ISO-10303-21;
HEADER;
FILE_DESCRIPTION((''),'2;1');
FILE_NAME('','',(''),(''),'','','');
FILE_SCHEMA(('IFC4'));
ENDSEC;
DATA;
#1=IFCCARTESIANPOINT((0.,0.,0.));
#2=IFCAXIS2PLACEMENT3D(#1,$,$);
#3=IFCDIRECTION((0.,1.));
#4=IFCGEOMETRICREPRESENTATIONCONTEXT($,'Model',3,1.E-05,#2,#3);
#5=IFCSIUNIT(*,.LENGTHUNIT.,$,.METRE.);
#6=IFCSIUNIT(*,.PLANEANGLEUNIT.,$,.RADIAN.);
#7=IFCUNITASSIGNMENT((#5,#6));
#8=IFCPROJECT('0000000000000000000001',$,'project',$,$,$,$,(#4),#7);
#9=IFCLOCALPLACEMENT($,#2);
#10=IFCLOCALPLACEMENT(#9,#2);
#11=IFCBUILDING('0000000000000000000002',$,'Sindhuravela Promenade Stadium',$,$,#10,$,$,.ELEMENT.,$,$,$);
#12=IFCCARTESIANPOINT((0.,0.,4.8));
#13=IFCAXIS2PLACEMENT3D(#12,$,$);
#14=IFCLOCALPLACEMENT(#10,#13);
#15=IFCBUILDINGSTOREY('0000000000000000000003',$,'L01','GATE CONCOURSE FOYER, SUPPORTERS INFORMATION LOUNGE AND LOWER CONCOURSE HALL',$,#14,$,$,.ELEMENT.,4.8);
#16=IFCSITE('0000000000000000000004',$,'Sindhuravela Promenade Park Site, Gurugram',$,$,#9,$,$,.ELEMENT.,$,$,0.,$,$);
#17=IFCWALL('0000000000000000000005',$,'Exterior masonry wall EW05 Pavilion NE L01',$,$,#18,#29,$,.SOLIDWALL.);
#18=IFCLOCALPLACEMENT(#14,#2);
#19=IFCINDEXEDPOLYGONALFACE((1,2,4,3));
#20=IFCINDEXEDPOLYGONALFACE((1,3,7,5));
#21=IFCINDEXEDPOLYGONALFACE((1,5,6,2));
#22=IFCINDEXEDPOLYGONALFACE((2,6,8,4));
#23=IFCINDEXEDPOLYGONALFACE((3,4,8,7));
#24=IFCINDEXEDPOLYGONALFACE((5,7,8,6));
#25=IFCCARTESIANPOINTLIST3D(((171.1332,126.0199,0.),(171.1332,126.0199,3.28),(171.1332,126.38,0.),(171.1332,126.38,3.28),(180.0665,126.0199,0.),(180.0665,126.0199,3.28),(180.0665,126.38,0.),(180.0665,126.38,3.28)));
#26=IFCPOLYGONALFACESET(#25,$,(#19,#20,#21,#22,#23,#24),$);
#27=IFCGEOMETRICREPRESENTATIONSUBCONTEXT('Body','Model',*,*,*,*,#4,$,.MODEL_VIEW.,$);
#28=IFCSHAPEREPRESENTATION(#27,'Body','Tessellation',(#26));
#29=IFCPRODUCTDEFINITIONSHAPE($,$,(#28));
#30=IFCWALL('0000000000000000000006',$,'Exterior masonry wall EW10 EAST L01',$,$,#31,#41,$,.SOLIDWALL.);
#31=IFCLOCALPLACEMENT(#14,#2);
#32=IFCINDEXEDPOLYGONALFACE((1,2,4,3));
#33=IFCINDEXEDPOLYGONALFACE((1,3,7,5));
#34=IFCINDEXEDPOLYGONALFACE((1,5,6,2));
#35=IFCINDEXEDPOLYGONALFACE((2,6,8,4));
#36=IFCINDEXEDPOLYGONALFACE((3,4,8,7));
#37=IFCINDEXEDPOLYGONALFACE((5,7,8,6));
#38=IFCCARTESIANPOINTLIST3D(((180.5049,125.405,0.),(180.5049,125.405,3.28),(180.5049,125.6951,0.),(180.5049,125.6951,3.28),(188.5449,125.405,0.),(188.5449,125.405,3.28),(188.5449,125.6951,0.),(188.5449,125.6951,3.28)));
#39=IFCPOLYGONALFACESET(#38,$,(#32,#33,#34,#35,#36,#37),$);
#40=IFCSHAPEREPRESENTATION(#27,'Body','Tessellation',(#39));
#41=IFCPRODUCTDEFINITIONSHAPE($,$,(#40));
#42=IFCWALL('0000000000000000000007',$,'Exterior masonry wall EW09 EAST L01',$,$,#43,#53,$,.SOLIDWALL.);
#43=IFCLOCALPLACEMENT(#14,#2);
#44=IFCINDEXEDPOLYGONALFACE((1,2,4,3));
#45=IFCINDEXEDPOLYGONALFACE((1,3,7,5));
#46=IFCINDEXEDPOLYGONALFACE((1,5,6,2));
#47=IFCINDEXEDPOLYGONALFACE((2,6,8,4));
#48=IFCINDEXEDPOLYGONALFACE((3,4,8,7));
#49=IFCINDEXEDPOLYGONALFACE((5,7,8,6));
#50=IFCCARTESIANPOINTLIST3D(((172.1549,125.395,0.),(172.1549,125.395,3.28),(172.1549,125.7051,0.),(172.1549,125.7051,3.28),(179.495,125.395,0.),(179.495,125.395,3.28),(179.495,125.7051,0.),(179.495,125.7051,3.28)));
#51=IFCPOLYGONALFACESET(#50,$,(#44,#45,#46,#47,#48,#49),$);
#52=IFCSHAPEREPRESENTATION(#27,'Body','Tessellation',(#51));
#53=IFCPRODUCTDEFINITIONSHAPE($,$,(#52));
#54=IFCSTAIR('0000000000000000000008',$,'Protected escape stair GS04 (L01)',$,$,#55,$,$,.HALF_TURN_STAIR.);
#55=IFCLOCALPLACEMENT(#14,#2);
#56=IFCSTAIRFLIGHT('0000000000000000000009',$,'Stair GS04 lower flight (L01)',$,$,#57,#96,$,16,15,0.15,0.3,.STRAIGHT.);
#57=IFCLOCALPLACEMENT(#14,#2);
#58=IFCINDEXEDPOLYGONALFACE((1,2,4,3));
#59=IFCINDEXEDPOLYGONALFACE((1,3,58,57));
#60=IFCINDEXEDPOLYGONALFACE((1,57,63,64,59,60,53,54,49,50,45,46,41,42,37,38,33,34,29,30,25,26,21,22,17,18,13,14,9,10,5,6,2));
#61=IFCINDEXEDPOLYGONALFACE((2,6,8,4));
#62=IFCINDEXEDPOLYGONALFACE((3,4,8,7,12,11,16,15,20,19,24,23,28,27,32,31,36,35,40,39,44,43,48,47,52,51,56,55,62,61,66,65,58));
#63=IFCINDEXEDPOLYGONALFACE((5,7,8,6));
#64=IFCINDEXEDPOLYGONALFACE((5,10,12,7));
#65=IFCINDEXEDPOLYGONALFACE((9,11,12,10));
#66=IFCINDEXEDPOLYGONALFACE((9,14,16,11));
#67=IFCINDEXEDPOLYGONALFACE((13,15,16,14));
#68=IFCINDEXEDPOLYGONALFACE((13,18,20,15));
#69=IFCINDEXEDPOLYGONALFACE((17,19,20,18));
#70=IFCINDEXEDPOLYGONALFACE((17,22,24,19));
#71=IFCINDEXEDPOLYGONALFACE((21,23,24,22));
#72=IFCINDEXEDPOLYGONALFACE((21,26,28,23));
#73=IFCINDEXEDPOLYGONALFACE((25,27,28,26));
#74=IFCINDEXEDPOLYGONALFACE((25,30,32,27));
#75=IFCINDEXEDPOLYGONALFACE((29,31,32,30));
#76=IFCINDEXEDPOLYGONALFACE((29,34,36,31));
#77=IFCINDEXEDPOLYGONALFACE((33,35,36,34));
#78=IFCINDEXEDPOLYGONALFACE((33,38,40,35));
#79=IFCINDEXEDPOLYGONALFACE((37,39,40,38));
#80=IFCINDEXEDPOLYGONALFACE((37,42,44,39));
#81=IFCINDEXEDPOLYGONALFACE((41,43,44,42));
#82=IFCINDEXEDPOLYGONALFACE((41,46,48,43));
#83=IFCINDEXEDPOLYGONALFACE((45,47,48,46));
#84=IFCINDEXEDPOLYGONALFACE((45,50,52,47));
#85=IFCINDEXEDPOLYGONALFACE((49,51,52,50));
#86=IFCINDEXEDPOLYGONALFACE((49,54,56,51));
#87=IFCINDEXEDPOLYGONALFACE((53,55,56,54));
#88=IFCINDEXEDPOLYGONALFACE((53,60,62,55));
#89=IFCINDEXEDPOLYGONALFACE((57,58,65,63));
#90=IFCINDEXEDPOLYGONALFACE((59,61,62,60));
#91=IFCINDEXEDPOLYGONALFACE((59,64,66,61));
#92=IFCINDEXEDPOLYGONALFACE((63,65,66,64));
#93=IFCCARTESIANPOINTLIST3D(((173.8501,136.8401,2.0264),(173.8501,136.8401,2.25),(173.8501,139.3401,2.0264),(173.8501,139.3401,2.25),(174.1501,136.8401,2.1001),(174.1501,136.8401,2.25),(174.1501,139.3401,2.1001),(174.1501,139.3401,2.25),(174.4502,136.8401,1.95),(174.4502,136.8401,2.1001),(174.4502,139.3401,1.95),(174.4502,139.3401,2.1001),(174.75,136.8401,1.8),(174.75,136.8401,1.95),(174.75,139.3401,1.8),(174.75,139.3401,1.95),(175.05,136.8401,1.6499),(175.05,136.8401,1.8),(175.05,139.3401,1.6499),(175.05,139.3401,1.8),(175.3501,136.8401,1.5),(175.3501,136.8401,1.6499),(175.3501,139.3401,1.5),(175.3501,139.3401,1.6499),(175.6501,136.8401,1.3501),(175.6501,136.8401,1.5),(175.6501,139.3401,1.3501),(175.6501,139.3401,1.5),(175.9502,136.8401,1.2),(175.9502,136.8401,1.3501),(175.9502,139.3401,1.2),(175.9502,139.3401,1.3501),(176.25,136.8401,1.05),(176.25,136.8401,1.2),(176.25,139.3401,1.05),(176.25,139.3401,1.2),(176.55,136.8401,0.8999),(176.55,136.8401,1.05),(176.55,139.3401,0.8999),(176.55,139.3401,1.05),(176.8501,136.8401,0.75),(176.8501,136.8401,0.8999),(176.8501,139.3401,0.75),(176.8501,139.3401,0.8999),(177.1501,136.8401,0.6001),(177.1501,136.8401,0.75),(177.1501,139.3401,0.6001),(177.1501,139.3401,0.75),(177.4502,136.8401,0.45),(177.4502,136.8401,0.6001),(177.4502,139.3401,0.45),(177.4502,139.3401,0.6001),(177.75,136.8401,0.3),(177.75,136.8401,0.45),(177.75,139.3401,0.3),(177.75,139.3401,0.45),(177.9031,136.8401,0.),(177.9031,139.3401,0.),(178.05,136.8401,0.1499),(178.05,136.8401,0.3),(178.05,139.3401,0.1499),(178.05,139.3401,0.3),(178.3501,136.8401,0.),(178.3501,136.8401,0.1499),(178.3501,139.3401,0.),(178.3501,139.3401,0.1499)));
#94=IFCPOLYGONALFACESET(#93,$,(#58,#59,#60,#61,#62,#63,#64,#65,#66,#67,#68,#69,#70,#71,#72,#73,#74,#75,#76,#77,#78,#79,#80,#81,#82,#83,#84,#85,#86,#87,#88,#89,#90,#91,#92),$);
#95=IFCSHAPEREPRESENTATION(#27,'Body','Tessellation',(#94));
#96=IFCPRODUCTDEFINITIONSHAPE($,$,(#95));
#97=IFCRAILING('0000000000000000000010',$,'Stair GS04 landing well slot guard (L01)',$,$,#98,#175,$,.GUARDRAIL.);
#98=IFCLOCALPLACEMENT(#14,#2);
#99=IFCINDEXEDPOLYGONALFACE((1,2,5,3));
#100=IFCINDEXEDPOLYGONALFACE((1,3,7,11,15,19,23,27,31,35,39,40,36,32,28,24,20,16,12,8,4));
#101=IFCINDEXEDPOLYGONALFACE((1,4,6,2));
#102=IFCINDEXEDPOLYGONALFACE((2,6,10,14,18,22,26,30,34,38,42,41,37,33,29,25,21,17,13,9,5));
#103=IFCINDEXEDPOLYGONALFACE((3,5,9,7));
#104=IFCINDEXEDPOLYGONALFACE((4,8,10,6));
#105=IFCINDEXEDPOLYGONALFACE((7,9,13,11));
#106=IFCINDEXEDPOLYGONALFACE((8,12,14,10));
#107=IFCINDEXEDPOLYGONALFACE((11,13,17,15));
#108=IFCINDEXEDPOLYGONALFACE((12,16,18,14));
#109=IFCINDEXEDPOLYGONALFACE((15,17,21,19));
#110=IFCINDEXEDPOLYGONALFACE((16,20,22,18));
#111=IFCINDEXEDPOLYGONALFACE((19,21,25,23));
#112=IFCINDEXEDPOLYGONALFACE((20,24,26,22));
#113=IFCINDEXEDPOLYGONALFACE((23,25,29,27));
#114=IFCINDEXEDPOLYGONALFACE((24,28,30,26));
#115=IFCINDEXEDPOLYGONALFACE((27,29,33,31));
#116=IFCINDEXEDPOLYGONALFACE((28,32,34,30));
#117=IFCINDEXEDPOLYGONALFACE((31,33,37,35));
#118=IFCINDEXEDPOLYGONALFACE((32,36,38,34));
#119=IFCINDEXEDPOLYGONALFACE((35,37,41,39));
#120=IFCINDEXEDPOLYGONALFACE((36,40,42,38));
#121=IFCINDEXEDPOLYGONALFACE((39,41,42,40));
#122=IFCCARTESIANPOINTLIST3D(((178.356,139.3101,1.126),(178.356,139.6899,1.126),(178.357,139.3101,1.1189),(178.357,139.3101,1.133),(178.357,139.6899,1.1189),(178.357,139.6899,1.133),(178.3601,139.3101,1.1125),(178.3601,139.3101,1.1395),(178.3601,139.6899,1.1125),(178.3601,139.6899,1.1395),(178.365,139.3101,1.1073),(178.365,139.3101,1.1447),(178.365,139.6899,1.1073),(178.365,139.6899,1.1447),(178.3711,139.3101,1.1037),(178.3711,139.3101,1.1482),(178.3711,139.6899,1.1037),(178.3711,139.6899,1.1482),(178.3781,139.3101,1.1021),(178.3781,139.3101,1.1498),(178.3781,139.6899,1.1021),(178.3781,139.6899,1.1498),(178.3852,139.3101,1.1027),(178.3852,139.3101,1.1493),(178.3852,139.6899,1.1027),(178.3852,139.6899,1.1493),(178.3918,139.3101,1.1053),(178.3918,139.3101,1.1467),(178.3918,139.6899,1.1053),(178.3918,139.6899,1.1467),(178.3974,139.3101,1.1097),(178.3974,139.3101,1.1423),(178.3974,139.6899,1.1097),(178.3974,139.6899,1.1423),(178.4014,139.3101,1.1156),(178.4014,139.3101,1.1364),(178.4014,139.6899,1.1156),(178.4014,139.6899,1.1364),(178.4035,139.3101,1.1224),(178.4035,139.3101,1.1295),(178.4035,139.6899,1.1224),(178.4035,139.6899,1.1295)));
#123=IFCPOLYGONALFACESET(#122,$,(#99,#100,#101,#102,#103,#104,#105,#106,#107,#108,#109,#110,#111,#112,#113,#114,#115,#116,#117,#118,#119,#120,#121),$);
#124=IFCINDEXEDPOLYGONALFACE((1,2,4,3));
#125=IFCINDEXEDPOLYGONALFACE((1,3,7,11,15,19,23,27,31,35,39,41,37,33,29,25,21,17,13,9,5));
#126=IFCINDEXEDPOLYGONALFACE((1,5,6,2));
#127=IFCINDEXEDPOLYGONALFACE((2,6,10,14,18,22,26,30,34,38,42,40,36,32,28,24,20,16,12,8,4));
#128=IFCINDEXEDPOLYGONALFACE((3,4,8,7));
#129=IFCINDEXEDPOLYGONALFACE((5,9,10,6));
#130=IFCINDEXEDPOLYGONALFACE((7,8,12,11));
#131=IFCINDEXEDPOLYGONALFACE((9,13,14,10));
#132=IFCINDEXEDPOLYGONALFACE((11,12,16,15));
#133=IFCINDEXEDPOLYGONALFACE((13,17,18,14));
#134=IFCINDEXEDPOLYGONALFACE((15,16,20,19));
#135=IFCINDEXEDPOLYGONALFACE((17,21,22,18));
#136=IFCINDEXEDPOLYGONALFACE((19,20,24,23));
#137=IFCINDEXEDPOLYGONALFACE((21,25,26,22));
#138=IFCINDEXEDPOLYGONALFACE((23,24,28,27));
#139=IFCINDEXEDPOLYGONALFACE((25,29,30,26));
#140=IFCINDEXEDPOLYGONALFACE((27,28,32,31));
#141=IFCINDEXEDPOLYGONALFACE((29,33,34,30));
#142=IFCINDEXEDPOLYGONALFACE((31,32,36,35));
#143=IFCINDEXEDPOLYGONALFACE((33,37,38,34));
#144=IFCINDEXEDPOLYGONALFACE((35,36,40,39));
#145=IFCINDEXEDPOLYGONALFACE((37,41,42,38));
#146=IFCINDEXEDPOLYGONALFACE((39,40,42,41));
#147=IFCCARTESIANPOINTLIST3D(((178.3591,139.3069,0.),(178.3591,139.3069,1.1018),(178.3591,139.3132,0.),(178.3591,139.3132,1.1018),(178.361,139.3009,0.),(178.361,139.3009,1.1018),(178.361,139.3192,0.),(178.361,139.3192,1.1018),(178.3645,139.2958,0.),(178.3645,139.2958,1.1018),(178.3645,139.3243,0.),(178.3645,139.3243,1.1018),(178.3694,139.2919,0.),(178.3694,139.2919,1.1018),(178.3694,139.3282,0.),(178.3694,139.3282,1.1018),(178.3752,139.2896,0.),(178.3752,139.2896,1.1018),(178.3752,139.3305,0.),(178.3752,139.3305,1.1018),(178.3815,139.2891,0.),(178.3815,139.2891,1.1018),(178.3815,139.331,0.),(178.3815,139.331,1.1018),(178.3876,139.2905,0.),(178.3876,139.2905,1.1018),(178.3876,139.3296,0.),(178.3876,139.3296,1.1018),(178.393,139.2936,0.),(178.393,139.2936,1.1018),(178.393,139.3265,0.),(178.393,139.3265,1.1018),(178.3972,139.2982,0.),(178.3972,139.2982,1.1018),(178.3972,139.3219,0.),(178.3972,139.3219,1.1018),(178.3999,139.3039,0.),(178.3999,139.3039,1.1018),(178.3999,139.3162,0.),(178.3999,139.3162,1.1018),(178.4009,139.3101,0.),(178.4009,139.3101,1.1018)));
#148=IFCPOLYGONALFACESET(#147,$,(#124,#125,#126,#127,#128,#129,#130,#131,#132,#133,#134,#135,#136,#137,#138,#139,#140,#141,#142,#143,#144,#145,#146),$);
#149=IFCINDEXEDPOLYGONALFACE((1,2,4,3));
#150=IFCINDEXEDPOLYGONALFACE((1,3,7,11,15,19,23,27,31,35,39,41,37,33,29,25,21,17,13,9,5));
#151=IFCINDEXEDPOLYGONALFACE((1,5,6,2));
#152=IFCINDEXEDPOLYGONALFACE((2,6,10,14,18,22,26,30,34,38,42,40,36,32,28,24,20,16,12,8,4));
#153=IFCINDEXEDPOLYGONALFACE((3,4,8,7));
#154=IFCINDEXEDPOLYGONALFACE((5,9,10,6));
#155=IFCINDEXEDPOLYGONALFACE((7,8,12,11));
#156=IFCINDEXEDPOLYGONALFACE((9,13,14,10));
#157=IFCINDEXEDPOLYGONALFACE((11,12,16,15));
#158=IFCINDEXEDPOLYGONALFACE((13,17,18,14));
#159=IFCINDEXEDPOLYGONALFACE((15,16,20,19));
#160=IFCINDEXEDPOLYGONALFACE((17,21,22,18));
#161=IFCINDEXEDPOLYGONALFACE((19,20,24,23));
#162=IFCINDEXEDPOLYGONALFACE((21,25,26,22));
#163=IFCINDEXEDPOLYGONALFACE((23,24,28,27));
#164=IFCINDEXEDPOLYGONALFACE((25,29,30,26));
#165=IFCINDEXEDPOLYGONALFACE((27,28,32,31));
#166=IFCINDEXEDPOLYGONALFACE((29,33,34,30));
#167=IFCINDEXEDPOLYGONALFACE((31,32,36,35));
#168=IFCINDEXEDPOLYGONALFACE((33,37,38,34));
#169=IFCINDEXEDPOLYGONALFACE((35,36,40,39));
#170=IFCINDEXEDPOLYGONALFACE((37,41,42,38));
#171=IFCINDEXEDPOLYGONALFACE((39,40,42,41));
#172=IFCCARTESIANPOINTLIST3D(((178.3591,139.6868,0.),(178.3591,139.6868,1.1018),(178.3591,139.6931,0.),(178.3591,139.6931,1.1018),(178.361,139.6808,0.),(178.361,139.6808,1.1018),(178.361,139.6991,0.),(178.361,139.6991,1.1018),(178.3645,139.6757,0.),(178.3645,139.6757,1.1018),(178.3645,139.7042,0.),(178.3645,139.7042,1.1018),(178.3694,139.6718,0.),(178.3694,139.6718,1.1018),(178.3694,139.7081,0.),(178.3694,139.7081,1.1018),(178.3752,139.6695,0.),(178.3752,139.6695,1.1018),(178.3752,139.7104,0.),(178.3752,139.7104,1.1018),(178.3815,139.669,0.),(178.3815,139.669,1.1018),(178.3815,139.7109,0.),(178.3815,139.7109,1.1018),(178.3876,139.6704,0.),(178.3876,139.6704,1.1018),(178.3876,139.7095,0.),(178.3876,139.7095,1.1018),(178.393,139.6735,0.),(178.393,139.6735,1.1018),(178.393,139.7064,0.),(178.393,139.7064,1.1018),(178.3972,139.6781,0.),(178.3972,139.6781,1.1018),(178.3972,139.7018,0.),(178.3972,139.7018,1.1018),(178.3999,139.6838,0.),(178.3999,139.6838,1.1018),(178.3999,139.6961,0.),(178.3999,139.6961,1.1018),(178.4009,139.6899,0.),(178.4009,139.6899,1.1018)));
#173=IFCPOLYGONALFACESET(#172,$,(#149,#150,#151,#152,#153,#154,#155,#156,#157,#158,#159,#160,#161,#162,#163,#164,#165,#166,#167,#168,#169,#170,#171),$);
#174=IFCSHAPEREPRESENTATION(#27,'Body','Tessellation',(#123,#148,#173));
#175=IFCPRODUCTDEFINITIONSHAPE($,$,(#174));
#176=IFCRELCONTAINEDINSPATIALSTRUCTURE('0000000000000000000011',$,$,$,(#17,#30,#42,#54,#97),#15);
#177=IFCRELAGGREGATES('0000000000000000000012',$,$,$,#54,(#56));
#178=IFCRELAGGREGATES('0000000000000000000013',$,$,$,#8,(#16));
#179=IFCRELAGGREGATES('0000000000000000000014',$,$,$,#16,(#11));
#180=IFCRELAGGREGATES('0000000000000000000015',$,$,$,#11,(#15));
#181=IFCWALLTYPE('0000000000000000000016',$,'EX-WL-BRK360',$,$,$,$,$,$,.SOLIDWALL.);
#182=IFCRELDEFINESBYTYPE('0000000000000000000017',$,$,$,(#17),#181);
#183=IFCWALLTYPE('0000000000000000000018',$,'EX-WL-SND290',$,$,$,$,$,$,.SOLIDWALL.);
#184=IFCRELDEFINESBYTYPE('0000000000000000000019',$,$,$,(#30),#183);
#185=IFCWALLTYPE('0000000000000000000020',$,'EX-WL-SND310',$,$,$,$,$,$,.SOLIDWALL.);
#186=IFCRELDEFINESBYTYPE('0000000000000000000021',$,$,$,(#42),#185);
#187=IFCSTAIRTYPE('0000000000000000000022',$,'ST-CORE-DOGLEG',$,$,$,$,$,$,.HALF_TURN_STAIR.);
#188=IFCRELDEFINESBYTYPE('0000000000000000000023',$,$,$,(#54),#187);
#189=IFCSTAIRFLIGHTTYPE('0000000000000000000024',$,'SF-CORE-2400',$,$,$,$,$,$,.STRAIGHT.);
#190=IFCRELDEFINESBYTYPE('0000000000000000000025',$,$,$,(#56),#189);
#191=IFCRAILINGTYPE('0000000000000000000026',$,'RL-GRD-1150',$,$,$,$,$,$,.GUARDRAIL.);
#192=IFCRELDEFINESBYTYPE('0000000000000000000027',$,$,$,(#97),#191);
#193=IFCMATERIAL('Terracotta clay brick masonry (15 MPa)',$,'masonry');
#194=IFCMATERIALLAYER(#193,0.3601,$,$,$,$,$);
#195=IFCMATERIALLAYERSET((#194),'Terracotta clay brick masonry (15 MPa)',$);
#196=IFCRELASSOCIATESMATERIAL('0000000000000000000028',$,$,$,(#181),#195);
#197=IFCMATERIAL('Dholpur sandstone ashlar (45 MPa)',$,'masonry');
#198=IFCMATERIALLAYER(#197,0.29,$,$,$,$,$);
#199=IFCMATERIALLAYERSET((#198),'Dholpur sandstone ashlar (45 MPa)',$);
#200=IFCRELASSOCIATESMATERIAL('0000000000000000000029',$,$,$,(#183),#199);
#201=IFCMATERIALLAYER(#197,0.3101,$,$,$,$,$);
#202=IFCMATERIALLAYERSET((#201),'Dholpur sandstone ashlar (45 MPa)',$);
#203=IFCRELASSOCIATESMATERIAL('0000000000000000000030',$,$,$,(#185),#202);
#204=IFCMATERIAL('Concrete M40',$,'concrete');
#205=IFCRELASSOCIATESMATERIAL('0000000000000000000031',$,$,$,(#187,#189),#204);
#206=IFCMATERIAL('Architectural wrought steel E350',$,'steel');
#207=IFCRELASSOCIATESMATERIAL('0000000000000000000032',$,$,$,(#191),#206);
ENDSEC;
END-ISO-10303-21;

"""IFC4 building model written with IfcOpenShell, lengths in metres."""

from ifc_helpers import new_model, si_unit, direction, frame, frame_2d, origin, origin_2d, place, context, subcontext, project, spatial, polyline, rectangle, circle, outline, extrude, material, layer, layer_set, type_object, element, aggregate, save


model = new_model("IFC4")

# Units and contexts
model_context = context("Model", 3, precision=1e-05, world=origin(), true_north=direction((0.0, 1.0)))
body_context = subcontext(model_context, "Body", "Model", "MODEL_VIEW")
ifc_project = project(units=[si_unit("LENGTHUNIT", "METRE"), si_unit("PLANEANGLEUNIT", "RADIAN")], contexts=[model_context])

# Site, building, storey
site_placement = place(None, origin())
site = spatial("IfcSite", under=ifc_project, at=site_placement, Name="Sindhuravela Promenade Park Site, Gurugram", CompositionType="ELEMENT", RefElevation=0.0)
building_placement = place(site_placement, origin())
building = spatial("IfcBuilding", under=site, at=building_placement, Name="Sindhuravela Promenade Stadium", CompositionType="ELEMENT")
storey_placement = place(building_placement, frame((0.0, 0.0, 4.8)))
storey = spatial("IfcBuildingStorey", under=building, at=storey_placement, Name="L01", Description="GATE CONCOURSE FOYER, SUPPORTERS INFORMATION LOUNGE AND LOWER CONCOURSE HALL", CompositionType="ELEMENT", Elevation=4.8)

# Shared definitions
ifc_material_1 = material(Name="Concrete M40", Category="concrete")

# Walls
ifc_material_2 = material(Name="Terracotta clay brick masonry (15 MPa)", Category="masonry")
ifc_layer_1 = layer(ifc_material_2, 0.3601)
ifc_layer_set_1 = layer_set([ifc_layer_1], Name="Terracotta clay brick masonry (15 MPa)")
wall_type_1 = type_object("IfcWallType", Name="EX-WL-BRK360", PredefinedType="SOLIDWALL", material=ifc_layer_set_1)
wall_1_placement = place(storey_placement, frame((180.0667, 126.2, 0.0), z_axis=(0.0, 0.0, 1.0), x_axis=(-1.0, 0.0, 0.0)))
element("IfcWall", 1, at=wall_1_placement, inside=storey, type_object=wall_type_1, Name="Exterior masonry wall EW05 Pavilion NE L01", PredefinedType="SOLIDWALL", context=body_context, shape_type="SweptSolid", body=[
    extrude(rectangle(XDim=8.9333, YDim=0.3601, at=frame_2d((4.4668, 0.0))), origin(), (0.0, 0.0, 1.0), 3.28),
])
ifc_material_3 = material(Name="Dholpur sandstone ashlar (45 MPa)", Category="masonry")
ifc_layer_2 = layer(ifc_material_3, 0.29)
ifc_layer_set_2 = layer_set([ifc_layer_2], Name="Dholpur sandstone ashlar (45 MPa)")
wall_type_2 = type_object("IfcWallType", Name="EX-WL-SND290", PredefinedType="SOLIDWALL", material=ifc_layer_set_2)
wall_2_placement = place(storey_placement, frame((180.5049, 125.55, 0.0), z_axis=(0.0, 0.0, 1.0), x_axis=(1.0, 0.0, 0.0)))
element("IfcWall", 2, at=wall_2_placement, inside=storey, type_object=wall_type_2, Name="Exterior masonry wall EW10 EAST L01", PredefinedType="SOLIDWALL", context=body_context, shape_type="SweptSolid", body=[
    extrude(rectangle(XDim=8.04, YDim=0.29, at=frame_2d((4.02, 0.0))), origin(), (0.0, 0.0, 1.0), 3.28),
])
ifc_layer_3 = layer(ifc_material_3, 0.3101)
ifc_layer_set_3 = layer_set([ifc_layer_3], Name="Dholpur sandstone ashlar (45 MPa)")
wall_type_3 = type_object("IfcWallType", Name="EX-WL-SND310", PredefinedType="SOLIDWALL", material=ifc_layer_set_3)
wall_3_placement = place(storey_placement, frame((172.155, 125.55, 0.0), z_axis=(0.0, 0.0, 1.0), x_axis=(1.0, 0.0, 0.0)))
element("IfcWall", 3, at=wall_3_placement, inside=storey, type_object=wall_type_3, Name="Exterior masonry wall EW09 EAST L01", PredefinedType="SOLIDWALL", context=body_context, shape_type="SweptSolid", body=[
    extrude(rectangle(XDim=7.3401, YDim=0.3101, at=frame_2d((3.6699, 0.0))), origin(), (0.0, 0.0, 1.0), 3.28),
])

# Stair, stair flight
stair_type = type_object("IfcStairType", Name="ST-CORE-DOGLEG", PredefinedType="HALF_TURN_STAIR", material=ifc_material_1)
stair_placement = place(storey_placement, origin())
stair = element("IfcStair", 4, at=stair_placement, inside=storey, type_object=stair_type, Name="Protected escape stair GS04 (L01)", PredefinedType="HALF_TURN_STAIR")
stair_flight_type = type_object("IfcStairFlightType", Name="SF-CORE-2400", PredefinedType="STRAIGHT", material=ifc_material_1)
stair_flight_placement = place(storey_placement, frame((178.3501, 138.0901, 0.0), z_axis=(0.0, 0.0, 1.0), x_axis=(-1.0, 0.0, 0.0)))
stair_flight = element("IfcStairFlight", 5, at=stair_flight_placement, type_object=stair_flight_type, Name="Stair GS04 lower flight (L01)", NumberOfRisers=16, NumberOfTreads=15, PredefinedType="STRAIGHT", RiserHeight=0.15, TreadLength=0.3, context=body_context, shape_type="SweptSolid", body=[
    extrude(outline(polyline([(0.0, 0.0), (0.0, 0.1499), (0.3, 0.1499), (0.3, 0.3), (0.6001, 0.3), (0.6001, 0.45), (0.8999, 0.45), (0.8999, 0.6001), (1.2, 0.6001), (1.2, 0.75), (1.5, 0.75), (1.5, 0.8999), (1.8, 0.8999), (1.8, 1.05), (2.1001, 1.05), (2.1001, 1.2), (2.3999, 1.2), (2.3999, 1.3501), (2.7, 1.3501), (2.7, 1.5), (3.0, 1.5), (3.0, 1.6499), (3.3, 1.6499), (3.3, 1.8), (3.6001, 1.8), (3.6001, 1.95), (3.8999, 1.95), (3.8999, 2.1001), (4.2, 2.1001), (4.2, 2.25), (4.5, 2.25), (4.5, 2.3999), (4.5, 2.0264), (0.447, 0.0), (0.0, 0.0)])), frame((0.0, 1.25, 0.0), z_axis=(0.0, -1.0, 0.0), x_axis=(1.0, 0.0, 0.0)), (0.0, 0.0, 1.0), 2.5),
])
aggregate(stair, [stair_flight])

# Railing
ifc_material_4 = material(Name="Architectural wrought steel E350", Category="steel")
railing_type_1 = type_object("IfcRailingType", Name="RL-GRD-1150", PredefinedType="GUARDRAIL", material=ifc_material_4)
railing_1_placement = place(storey_placement, frame((178.3799, 139.3101, 0.0)))
element("IfcRailing", 6, at=railing_1_placement, inside=storey, type_object=railing_type_1, Name="Stair GS04 landing well slot guard (L01)", PredefinedType="GUARDRAIL", context=body_context, shape_type="SweptSolid", body=[
    extrude(circle(Radius=0.0239, at=origin_2d()), frame((0.0, 0.0, 1.126), z_axis=(0.0, 1.0, 0.0), x_axis=(-1.0, 0.0, 0.0)), (0.0, 0.0, 1.0), 0.3799),
    extrude(circle(Radius=0.021, at=origin_2d()), origin(), (0.0, 0.0, 1.0), 1.1018),
    extrude(circle(Radius=0.021, at=origin_2d()), frame((0.0, 0.3799, 0.0)), (0.0, 0.0, 1.0), 1.1018),
])

save(model, "model.ifc")
